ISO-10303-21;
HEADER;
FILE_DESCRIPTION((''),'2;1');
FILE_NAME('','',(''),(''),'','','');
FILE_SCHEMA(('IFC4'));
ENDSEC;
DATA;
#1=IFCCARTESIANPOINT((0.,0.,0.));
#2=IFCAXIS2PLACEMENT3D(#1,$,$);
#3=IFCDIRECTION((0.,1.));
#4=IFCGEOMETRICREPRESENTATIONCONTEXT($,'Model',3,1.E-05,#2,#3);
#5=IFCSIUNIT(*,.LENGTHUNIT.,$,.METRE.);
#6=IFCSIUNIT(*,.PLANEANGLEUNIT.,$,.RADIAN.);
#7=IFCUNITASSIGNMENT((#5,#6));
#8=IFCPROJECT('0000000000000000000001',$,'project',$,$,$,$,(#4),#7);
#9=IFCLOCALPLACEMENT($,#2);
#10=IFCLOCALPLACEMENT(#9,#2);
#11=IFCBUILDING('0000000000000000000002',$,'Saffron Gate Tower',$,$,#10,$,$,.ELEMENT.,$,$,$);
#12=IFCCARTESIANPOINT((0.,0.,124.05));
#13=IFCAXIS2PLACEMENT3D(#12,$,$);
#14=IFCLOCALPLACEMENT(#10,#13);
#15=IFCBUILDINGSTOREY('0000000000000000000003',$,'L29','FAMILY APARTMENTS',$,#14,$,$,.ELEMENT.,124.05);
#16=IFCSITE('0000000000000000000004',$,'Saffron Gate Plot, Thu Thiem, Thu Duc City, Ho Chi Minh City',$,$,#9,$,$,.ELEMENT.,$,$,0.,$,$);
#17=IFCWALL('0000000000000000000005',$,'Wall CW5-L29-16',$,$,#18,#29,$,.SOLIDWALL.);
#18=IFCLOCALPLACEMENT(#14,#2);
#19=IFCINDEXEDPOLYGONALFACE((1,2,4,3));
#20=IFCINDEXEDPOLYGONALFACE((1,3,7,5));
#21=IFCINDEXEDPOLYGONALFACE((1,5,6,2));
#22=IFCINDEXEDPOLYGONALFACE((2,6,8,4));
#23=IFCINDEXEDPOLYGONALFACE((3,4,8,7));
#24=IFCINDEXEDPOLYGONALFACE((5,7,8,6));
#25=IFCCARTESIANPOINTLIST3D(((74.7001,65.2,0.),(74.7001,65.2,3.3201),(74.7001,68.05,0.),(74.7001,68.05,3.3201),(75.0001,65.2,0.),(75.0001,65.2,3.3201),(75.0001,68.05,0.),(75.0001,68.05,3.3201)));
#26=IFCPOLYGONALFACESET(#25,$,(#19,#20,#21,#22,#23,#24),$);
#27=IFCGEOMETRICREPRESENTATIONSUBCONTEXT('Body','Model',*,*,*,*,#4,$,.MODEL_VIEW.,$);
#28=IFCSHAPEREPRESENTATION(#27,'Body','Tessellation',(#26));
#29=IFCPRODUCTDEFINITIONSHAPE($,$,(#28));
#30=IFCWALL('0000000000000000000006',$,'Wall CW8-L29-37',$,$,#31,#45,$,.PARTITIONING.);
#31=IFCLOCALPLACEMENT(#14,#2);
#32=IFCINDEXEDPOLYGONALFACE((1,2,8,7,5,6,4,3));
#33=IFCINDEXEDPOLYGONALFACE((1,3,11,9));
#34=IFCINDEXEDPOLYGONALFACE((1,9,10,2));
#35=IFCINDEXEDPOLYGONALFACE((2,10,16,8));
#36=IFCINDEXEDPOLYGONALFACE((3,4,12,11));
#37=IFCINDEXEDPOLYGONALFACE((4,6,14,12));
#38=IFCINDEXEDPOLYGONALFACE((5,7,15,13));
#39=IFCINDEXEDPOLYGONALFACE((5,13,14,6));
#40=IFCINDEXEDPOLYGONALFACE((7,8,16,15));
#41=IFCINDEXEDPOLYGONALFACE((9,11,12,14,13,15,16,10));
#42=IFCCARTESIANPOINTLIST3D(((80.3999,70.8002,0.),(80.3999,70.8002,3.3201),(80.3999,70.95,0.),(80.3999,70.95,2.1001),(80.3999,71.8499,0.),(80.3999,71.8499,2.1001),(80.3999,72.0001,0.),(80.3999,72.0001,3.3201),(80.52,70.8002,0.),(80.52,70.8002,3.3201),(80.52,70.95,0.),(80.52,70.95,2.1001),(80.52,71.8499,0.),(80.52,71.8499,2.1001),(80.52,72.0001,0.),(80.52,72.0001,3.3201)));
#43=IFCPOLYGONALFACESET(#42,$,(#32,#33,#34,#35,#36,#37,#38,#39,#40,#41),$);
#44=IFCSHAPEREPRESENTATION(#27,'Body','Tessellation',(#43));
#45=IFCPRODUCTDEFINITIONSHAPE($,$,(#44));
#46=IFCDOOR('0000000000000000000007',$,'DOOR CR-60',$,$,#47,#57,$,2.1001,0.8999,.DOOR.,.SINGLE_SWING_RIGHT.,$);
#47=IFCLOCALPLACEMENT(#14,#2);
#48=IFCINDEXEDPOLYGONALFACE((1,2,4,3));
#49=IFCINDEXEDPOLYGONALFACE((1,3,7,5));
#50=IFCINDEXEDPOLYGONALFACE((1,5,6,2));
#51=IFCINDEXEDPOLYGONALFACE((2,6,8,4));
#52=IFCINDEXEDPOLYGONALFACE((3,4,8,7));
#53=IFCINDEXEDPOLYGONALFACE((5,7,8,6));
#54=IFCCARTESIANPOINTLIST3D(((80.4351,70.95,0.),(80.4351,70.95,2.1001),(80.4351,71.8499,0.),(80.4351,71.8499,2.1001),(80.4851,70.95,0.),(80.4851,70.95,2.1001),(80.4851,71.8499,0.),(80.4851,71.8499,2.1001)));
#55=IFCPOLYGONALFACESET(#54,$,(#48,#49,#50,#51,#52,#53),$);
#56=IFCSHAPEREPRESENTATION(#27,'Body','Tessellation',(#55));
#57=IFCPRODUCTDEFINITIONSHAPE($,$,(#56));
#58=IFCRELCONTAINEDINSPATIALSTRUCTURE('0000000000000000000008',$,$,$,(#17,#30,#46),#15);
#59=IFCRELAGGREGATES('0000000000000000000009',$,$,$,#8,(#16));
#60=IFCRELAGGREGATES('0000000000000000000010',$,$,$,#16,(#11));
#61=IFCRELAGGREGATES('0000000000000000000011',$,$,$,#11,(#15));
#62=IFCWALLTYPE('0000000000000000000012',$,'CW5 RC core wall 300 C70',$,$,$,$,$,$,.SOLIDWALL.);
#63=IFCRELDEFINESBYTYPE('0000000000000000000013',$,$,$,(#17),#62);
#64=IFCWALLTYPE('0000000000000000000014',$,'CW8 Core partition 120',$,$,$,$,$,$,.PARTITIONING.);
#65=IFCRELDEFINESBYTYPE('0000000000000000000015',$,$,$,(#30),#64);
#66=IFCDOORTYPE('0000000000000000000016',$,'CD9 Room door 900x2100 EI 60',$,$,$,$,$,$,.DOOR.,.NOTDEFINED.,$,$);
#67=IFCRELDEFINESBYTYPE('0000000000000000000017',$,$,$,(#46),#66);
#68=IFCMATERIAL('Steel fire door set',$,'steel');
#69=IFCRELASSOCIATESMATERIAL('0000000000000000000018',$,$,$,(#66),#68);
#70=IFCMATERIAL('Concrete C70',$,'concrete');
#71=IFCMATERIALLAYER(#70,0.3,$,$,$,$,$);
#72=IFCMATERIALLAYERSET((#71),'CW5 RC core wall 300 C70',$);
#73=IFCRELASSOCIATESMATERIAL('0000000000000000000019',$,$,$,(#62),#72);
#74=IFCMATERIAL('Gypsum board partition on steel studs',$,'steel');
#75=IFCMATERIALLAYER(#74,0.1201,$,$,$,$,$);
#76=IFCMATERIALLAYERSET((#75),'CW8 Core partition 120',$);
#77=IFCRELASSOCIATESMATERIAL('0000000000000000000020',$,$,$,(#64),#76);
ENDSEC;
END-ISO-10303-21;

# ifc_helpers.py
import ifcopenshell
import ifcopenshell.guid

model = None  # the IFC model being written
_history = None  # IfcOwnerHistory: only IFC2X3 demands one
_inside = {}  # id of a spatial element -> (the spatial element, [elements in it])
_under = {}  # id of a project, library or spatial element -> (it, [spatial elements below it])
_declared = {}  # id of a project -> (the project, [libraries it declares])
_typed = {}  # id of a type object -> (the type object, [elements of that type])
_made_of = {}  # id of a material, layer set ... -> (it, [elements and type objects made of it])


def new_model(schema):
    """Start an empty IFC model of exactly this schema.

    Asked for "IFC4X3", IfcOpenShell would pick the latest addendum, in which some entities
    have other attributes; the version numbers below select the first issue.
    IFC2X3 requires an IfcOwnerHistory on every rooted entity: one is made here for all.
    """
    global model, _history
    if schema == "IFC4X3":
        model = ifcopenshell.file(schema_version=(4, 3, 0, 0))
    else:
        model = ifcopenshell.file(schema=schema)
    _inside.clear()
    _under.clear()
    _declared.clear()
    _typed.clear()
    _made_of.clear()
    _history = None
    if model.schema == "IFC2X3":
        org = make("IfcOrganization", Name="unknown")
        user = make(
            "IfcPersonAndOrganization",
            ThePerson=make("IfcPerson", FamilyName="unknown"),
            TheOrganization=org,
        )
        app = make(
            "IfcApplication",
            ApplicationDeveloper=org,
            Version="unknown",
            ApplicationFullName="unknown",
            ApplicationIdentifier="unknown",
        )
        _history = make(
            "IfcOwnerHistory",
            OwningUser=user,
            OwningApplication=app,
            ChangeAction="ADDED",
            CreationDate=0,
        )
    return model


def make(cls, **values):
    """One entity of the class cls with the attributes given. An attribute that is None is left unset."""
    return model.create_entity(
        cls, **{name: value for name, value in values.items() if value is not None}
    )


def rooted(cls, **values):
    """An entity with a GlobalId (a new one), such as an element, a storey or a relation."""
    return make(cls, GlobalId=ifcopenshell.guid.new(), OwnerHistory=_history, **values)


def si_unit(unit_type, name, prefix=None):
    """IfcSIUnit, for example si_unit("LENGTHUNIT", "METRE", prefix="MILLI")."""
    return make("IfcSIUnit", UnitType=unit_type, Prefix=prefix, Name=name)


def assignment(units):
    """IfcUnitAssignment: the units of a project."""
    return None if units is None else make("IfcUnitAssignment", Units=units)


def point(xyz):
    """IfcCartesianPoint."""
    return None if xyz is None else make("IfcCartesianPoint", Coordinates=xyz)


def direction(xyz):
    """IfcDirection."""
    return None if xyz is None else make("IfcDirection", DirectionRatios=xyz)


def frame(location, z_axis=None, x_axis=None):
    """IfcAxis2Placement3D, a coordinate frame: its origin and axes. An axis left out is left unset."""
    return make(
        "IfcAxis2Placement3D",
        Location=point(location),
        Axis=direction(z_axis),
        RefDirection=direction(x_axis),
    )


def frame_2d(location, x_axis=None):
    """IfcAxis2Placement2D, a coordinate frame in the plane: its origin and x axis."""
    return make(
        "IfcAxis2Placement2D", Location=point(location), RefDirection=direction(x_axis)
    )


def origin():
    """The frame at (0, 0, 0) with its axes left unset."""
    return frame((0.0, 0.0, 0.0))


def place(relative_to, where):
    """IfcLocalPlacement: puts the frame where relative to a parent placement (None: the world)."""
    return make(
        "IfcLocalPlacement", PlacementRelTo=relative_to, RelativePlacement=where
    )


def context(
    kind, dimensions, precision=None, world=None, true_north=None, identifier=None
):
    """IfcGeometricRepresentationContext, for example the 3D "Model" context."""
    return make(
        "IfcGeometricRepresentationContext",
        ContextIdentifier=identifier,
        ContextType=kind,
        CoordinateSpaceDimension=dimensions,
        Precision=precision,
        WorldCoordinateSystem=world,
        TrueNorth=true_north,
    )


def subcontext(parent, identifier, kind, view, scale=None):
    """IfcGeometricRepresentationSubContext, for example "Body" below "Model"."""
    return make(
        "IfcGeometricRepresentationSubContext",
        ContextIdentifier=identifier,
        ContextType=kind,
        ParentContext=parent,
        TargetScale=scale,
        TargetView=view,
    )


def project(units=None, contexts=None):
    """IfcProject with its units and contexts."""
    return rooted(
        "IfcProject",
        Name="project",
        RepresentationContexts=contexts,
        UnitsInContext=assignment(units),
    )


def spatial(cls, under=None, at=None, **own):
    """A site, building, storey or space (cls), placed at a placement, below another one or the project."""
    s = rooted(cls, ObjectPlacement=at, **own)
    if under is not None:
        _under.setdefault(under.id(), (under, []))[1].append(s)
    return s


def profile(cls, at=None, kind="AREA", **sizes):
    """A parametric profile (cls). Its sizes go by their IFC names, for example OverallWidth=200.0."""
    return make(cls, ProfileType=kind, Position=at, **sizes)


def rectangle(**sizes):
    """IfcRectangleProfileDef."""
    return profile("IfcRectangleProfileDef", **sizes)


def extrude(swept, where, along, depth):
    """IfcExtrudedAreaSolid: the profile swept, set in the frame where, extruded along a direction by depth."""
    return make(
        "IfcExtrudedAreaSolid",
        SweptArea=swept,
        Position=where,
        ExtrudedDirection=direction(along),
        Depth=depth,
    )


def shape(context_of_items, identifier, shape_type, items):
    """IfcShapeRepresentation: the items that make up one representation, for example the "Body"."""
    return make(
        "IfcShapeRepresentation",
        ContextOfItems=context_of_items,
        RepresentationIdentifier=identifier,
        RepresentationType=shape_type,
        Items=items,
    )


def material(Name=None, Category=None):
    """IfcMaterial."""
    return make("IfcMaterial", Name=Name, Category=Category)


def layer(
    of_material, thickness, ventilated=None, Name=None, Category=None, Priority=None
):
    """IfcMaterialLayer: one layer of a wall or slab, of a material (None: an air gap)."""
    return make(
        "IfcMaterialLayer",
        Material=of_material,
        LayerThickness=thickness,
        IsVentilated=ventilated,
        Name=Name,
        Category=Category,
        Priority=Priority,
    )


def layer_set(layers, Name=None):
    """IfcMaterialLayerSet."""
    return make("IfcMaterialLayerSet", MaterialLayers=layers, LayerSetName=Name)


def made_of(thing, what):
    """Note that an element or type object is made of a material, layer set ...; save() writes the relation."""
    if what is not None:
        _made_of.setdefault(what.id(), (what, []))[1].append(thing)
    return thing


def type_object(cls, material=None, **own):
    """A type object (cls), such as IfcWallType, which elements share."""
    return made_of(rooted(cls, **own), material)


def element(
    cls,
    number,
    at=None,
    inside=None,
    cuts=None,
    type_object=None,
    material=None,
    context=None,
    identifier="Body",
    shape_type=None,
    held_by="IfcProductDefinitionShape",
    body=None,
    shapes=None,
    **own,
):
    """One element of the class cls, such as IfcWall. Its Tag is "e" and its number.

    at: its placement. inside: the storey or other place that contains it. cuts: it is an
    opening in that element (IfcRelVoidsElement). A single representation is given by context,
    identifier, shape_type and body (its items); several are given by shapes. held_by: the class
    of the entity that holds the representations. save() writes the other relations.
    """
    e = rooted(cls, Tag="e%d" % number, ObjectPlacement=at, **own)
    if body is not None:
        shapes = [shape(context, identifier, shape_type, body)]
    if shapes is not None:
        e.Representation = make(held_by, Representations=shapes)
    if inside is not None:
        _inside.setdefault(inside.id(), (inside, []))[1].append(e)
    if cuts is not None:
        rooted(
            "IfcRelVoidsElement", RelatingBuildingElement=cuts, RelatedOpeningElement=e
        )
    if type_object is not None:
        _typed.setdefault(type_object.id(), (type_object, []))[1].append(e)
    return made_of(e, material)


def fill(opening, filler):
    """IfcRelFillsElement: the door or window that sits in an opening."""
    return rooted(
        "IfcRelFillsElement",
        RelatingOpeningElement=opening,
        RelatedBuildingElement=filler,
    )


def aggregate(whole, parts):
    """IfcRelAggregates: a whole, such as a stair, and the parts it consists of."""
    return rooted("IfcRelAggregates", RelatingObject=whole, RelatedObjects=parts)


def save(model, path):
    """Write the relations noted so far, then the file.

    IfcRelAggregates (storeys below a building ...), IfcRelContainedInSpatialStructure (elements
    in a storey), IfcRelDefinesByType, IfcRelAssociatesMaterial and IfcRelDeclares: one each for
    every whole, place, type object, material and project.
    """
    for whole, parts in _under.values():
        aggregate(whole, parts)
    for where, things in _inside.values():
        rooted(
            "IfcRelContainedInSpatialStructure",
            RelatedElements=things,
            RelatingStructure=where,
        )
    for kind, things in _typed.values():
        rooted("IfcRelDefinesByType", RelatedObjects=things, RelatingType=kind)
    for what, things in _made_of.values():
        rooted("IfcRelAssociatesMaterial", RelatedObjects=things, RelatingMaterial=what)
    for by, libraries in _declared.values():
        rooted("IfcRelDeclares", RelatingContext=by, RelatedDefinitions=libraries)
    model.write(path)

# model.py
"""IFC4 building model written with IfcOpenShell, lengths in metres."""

from ifc_helpers import new_model, si_unit, direction, frame, frame_2d, origin, place, context, subcontext, project, spatial, rectangle, extrude, material, layer, layer_set, type_object, element, fill, save


model = new_model("IFC4")

# Units and contexts
model_context = context("Model", 3, precision=1e-05, world=origin(), true_north=direction((0.0, 1.0)))
body_context = subcontext(model_context, "Body", "Model", "MODEL_VIEW")
ifc_project = project(units=[si_unit("LENGTHUNIT", "METRE"), si_unit("PLANEANGLEUNIT", "RADIAN")], contexts=[model_context])

# Site, building, storey
site_placement = place(None, origin())
site = spatial("IfcSite", under=ifc_project, at=site_placement, Name="Saffron Gate Plot, Thu Thiem, Thu Duc City, Ho Chi Minh City", CompositionType="ELEMENT", RefElevation=0.0)
building_placement = place(site_placement, origin())
building = spatial("IfcBuilding", under=site, at=building_placement, Name="Saffron Gate Tower", CompositionType="ELEMENT")
storey_placement = place(building_placement, frame((0.0, 0.0, 124.05)))
storey = spatial("IfcBuildingStorey", under=building, at=storey_placement, Name="L29", Description="FAMILY APARTMENTS", CompositionType="ELEMENT", Elevation=124.05)

# Shared definitions
ifc_material_1 = material(Name="Concrete C70", Category="concrete")

# Shared definitions
ifc_material_2 = material(Name="Steel fire door set", Category="steel")
door_type_1 = type_object("IfcDoorType", Name="CD9 Room door 900x2100 EI 60", OperationType="NOTDEFINED", PredefinedType="DOOR", material=ifc_material_2)

# Wall
ifc_layer_1 = layer(ifc_material_1, 0.3)
ifc_layer_set_1 = layer_set([ifc_layer_1], Name="CW5 RC core wall 300 C70")
wall_type_1 = type_object("IfcWallType", Name="CW5 RC core wall 300 C70", PredefinedType="SOLIDWALL", material=ifc_layer_set_1)
wall_1_placement = place(storey_placement, frame((74.8501, 65.2, 0.0), z_axis=(0.0, 0.0, 1.0), x_axis=(0.0, 1.0, 0.0)))
element("IfcWall", 1, at=wall_1_placement, inside=storey, type_object=wall_type_1, Name="Wall CW5-L29-16", PredefinedType="SOLIDWALL", context=body_context, shape_type="SweptSolid", body=[
    extrude(rectangle(XDim=2.8501, YDim=0.3, at=frame_2d((1.425, 0.0))), origin(), (0.0, 0.0, 1.0), 3.3201),
])

# Wall, opening, door
ifc_material_3 = material(Name="Gypsum board partition on steel studs", Category="steel")
ifc_layer_2 = layer(ifc_material_3, 0.1201)
ifc_layer_set_2 = layer_set([ifc_layer_2], Name="CW8 Core partition 120")
wall_type_2 = type_object("IfcWallType", Name="CW8 Core partition 120", PredefinedType="PARTITIONING", material=ifc_layer_set_2)
wall_2_placement = place(storey_placement, frame((80.46, 70.8, 0.0), z_axis=(0.0, 0.0, 1.0), x_axis=(0.0, 1.0, 0.0)))
wall_2 = element("IfcWall", 2, at=wall_2_placement, inside=storey, type_object=wall_type_2, Name="Wall CW8-L29-37", PredefinedType="PARTITIONING", context=body_context, shape_type="SweptSolid", body=[
    extrude(rectangle(XDim=1.2, YDim=0.1201, at=frame_2d((0.6001, 0.0))), origin(), (0.0, 0.0, 1.0), 3.3201),
])
opening_1_placement = place(wall_2_placement, frame((0.1499, 0.0, 0.0)))
opening_1 = element("IfcOpeningElement", 3, at=opening_1_placement, cuts=wall_2, PredefinedType="OPENING", context=body_context, shape_type="SweptSolid", body=[
    extrude(rectangle(XDim=0.8999, YDim=2.1001, at=frame_2d((0.45, 1.05))), frame((0.0, 0.0701, 0.0), z_axis=(0.0, -1.0, 0.0), x_axis=(1.0, 0.0, 0.0)), (0.0, 0.0, 1.0), 0.1401),
])
door_1_placement = place(opening_1_placement, origin())
door_1 = element("IfcDoor", 4, at=door_1_placement, inside=storey, type_object=door_type_1, Name="DOOR CR-60", OperationType="SINGLE_SWING_RIGHT", OverallHeight=2.1001, OverallWidth=0.8999, PredefinedType="DOOR", context=body_context, shape_type="SweptSolid", body=[
    extrude(rectangle(XDim=0.8999, YDim=2.1001, at=frame_2d((0.45, 1.05))), frame((0.0, 0.0249, 0.0), z_axis=(0.0, -1.0, 0.0), x_axis=(1.0, 0.0, 0.0)), (0.0, 0.0, 1.0), 0.05),
])
fill(opening_1, door_1)

save(model, "model.ifc")
